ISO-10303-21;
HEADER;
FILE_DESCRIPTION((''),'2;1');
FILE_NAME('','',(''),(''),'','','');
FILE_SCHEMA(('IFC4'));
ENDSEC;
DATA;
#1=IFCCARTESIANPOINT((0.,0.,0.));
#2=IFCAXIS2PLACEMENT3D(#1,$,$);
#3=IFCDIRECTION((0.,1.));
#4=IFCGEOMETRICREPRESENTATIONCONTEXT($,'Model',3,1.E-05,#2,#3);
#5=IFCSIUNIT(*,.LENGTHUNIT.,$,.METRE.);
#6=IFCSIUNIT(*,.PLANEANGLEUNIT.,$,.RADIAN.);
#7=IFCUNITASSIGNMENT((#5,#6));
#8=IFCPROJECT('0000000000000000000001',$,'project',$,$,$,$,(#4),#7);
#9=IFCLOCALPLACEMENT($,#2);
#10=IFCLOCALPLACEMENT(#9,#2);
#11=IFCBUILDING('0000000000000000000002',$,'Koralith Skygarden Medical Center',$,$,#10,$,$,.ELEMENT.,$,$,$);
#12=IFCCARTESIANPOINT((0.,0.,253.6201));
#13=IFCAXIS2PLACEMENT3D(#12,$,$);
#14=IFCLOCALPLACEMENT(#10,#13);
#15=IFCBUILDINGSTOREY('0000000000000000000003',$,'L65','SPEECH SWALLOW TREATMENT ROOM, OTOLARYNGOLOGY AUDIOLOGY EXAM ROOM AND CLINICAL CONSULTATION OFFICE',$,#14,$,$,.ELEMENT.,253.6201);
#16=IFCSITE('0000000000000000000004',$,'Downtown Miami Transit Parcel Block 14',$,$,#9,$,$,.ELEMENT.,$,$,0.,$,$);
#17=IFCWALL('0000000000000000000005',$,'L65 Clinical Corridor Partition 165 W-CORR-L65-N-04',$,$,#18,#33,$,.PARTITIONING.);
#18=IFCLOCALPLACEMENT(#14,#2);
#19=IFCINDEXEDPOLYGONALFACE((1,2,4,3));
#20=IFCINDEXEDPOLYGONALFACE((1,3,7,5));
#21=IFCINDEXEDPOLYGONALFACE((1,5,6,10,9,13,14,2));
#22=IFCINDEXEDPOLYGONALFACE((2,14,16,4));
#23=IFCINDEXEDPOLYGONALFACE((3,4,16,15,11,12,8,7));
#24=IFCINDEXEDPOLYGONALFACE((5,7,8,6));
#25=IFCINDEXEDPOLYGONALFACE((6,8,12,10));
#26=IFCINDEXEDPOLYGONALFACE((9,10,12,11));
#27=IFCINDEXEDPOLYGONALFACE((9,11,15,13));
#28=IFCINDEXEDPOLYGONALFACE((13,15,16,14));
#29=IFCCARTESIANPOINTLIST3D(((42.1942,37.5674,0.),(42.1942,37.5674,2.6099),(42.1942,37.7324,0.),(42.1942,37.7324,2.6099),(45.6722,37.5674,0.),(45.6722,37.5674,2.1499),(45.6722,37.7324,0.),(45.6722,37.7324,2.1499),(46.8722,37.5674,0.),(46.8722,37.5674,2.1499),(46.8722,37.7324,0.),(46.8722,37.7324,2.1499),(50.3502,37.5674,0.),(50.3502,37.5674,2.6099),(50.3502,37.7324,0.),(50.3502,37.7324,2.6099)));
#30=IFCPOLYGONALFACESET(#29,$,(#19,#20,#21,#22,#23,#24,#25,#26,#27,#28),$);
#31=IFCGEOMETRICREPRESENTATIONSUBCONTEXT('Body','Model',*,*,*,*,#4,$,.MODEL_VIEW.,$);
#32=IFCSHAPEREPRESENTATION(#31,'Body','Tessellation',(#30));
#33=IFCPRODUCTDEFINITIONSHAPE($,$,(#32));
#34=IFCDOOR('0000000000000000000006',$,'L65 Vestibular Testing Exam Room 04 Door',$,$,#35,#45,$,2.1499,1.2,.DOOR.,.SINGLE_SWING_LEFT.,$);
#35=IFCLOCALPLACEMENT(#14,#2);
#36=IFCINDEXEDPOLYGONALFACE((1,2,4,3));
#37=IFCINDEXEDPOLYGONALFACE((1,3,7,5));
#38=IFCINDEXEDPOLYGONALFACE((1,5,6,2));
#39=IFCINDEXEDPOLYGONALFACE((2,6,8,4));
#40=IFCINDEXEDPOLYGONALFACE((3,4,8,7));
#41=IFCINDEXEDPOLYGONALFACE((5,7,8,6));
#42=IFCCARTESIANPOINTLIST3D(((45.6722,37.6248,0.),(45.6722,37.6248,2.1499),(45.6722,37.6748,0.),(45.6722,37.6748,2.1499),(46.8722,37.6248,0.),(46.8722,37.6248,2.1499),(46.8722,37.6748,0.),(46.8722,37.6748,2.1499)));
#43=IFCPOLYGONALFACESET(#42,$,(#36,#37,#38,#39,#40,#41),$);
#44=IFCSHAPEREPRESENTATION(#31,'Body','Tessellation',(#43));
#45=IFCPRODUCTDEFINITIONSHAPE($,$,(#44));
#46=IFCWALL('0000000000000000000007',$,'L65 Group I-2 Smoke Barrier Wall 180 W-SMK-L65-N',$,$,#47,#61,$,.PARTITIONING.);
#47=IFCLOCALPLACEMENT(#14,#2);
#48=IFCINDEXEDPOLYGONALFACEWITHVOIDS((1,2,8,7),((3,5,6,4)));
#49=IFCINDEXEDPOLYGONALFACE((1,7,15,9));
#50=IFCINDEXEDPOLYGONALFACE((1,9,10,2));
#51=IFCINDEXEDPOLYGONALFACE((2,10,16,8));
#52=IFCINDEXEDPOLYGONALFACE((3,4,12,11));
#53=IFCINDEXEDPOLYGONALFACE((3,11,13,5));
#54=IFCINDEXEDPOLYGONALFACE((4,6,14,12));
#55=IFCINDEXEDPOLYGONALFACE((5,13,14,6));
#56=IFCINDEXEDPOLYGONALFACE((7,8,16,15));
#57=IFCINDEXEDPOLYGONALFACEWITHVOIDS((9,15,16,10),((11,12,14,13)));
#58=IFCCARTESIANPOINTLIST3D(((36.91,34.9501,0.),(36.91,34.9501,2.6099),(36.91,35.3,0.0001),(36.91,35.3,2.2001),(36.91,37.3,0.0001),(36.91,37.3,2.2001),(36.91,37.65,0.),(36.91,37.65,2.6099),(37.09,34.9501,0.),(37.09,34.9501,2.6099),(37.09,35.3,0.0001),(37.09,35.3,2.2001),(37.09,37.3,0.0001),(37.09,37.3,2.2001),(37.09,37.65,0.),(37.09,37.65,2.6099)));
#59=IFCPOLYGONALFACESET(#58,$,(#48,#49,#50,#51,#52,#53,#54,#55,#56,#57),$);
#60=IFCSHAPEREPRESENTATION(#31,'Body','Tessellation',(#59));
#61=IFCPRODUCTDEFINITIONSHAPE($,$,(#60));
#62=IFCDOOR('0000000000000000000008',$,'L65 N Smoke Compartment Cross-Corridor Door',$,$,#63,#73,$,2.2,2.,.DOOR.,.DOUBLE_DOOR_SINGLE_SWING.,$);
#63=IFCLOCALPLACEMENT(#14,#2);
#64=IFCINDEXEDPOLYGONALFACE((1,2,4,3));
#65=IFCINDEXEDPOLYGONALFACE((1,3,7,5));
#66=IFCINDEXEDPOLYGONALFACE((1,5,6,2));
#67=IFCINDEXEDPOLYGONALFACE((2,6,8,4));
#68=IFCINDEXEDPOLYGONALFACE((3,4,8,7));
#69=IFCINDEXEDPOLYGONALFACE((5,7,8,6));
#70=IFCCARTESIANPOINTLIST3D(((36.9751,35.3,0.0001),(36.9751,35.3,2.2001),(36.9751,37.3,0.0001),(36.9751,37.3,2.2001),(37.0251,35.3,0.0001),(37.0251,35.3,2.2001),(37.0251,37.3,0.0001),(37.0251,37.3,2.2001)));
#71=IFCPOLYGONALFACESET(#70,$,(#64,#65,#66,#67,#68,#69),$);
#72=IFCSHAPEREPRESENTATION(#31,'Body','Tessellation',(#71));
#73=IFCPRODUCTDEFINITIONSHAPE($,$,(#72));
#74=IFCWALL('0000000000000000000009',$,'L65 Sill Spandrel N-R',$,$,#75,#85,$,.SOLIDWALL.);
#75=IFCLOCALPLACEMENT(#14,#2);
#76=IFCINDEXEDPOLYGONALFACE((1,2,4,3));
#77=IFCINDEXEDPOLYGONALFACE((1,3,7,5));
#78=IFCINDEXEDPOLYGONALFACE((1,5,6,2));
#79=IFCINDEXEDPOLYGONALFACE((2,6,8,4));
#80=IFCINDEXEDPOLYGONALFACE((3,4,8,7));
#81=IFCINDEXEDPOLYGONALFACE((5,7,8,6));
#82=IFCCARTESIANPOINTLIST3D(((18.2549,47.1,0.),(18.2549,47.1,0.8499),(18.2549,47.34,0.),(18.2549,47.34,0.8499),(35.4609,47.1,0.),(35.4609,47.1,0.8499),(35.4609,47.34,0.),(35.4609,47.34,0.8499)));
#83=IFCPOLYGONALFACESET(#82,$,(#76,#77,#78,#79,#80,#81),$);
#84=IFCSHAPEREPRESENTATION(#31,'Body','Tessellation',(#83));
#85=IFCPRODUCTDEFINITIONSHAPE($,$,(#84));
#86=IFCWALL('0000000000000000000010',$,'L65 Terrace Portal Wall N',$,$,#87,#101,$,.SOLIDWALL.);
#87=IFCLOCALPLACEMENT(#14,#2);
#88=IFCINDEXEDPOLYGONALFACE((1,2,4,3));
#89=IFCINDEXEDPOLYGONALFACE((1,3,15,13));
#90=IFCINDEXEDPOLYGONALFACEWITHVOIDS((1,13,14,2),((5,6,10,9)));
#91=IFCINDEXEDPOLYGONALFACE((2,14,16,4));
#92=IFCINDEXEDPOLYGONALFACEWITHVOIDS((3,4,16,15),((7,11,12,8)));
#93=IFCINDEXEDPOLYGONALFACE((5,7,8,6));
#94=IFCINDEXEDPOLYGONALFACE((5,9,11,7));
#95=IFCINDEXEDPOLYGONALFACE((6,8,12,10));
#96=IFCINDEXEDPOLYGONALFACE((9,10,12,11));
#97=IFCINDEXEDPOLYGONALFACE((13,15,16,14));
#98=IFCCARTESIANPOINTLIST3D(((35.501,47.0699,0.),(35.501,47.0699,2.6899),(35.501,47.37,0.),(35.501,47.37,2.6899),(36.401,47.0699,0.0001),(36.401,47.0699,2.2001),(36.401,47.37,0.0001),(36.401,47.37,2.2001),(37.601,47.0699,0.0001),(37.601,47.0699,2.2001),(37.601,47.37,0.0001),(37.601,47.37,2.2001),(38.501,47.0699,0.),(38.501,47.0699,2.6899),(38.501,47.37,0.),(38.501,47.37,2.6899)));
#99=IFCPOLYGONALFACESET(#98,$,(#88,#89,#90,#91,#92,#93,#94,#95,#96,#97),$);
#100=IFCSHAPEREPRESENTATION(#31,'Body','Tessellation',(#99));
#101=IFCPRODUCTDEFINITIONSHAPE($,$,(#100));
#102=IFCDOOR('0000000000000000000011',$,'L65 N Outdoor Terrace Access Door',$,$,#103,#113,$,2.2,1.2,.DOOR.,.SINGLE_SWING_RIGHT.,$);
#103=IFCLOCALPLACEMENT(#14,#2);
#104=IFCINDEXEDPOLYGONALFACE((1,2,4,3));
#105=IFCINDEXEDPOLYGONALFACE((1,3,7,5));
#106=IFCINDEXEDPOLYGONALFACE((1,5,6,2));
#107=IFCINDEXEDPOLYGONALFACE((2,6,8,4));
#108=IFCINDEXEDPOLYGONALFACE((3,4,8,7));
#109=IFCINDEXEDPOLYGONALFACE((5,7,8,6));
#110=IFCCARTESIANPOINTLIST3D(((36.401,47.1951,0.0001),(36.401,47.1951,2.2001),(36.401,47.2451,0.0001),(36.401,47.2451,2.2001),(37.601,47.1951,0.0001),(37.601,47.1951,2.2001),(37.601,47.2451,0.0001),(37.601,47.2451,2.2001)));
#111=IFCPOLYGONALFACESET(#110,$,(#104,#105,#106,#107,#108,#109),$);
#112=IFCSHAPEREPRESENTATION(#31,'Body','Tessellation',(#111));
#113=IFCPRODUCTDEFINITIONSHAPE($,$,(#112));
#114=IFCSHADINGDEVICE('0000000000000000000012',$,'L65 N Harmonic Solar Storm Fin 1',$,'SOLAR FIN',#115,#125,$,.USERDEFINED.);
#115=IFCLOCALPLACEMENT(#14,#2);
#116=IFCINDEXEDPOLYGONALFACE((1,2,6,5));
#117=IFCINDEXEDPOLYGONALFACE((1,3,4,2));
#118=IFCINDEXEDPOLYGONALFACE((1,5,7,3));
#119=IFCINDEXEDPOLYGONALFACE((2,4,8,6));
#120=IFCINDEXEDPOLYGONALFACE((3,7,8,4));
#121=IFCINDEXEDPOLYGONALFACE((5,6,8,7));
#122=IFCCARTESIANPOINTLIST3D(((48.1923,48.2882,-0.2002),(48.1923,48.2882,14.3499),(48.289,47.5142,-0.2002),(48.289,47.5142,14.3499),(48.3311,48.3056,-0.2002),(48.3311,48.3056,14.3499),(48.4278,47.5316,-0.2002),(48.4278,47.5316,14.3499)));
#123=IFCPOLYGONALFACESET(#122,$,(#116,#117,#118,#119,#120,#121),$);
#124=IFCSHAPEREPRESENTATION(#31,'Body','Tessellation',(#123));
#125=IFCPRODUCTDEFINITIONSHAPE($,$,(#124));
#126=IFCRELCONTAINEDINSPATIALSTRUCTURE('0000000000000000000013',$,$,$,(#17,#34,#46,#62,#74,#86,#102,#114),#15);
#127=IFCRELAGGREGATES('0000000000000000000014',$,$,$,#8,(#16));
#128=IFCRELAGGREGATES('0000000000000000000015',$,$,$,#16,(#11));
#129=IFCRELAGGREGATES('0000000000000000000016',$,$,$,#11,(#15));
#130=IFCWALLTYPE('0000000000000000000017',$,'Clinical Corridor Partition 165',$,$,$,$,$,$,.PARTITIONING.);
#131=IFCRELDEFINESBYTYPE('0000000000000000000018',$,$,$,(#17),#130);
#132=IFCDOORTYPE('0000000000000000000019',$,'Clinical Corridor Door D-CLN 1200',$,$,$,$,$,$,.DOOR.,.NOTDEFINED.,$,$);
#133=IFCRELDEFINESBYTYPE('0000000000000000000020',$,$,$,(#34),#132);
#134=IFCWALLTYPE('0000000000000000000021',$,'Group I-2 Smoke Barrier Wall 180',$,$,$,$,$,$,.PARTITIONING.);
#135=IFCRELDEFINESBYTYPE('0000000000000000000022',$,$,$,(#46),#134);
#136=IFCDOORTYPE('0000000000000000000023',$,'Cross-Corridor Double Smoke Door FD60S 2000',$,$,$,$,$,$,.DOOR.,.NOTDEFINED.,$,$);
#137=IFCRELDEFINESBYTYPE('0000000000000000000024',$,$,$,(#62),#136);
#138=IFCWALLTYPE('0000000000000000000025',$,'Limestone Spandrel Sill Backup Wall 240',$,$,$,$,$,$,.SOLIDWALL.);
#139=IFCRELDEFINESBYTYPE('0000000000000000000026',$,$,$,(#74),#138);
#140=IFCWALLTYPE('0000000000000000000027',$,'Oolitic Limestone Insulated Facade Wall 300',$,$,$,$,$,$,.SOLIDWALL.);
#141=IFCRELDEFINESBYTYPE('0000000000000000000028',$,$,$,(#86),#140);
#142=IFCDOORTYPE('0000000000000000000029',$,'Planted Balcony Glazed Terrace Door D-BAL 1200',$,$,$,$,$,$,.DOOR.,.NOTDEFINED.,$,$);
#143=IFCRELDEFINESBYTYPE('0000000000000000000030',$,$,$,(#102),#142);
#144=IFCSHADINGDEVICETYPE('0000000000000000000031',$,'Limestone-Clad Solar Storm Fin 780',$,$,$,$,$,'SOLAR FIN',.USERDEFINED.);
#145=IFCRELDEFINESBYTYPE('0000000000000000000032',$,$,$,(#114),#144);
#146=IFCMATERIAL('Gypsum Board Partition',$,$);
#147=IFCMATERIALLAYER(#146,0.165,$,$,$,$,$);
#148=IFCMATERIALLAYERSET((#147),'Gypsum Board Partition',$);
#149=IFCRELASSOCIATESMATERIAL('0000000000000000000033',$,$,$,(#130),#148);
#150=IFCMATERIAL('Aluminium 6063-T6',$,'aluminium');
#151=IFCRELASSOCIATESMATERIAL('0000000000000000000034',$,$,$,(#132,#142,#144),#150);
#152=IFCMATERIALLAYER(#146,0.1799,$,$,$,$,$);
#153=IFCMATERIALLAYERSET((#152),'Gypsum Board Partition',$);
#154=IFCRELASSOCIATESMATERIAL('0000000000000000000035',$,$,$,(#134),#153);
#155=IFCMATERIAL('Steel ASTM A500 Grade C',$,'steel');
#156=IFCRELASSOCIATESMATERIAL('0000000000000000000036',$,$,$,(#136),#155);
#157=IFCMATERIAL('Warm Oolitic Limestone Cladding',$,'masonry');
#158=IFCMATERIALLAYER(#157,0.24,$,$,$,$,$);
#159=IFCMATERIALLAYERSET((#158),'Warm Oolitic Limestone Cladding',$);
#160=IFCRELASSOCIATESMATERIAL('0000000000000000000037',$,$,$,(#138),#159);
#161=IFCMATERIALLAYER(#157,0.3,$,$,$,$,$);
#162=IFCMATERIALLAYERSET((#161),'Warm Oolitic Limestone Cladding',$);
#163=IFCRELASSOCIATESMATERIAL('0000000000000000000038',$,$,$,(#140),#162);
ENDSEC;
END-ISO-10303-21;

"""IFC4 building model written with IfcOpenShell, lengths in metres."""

from ifc_helpers import new_model, si_unit, direction, frame, frame_2d, origin, origin_2d, place, context, subcontext, project, spatial, rectangle, extrude, material, layer, layer_set, type_object, element, fill, save


model = new_model("IFC4")

# Units and contexts
model_context = context("Model", 3, precision=1e-05, world=origin(), true_north=direction((0.0, 1.0)))
body_context = subcontext(model_context, "Body", "Model", "MODEL_VIEW")
ifc_project = project(units=[si_unit("LENGTHUNIT", "METRE"), si_unit("PLANEANGLEUNIT", "RADIAN")], contexts=[model_context])

# Site, building, storey
site_placement = place(None, origin())
site = spatial("IfcSite", under=ifc_project, at=site_placement, Name="Downtown Miami Transit Parcel Block 14", CompositionType="ELEMENT", RefElevation=0.0)
building_placement = place(site_placement, origin())
building = spatial("IfcBuilding", under=site, at=building_placement, Name="Koralith Skygarden Medical Center", CompositionType="ELEMENT")
storey_placement = place(building_placement, frame((0.0, 0.0, 253.6201)))
storey = spatial("IfcBuildingStorey", under=building, at=storey_placement, Name="L65", Description="SPEECH SWALLOW TREATMENT ROOM, OTOLARYNGOLOGY AUDIOLOGY EXAM ROOM AND CLINICAL CONSULTATION OFFICE", CompositionType="ELEMENT", Elevation=253.6201)

# Shared definitions
ifc_material_1 = material(Name="Aluminium 6063-T6", Category="aluminium")

# Shared definitions
ifc_material_2 = material(Name="Gypsum Board Partition")

# Walls, openings, doors
ifc_layer_1 = layer(ifc_material_2, 0.165)
ifc_layer_set_1 = layer_set([ifc_layer_1], Name="Gypsum Board Partition")
wall_type_1 = type_object("IfcWallType", Name="Clinical Corridor Partition 165", PredefinedType="PARTITIONING", material=ifc_layer_set_1)
wall_1_placement = place(storey_placement, frame((42.1941, 37.6499, 0.0), z_axis=(0.0, 0.0, 1.0), x_axis=(1.0, 0.0, 0.0)))
wall_1 = element("IfcWall", 1, at=wall_1_placement, inside=storey, type_object=wall_type_1, Name="L65 Clinical Corridor Partition 165 W-CORR-L65-N-04", PredefinedType="PARTITIONING", context=body_context, shape_type="SweptSolid", body=[
    extrude(rectangle(XDim=8.156, YDim=0.165, at=frame_2d((4.0781, 0.0))), origin(), (0.0, 0.0, 1.0), 2.6099),
])
opening_1_placement = place(wall_1_placement, frame((3.478, 0.0, 0.0)))
opening_1 = element("IfcOpeningElement", 2, at=opening_1_placement, cuts=wall_1, PredefinedType="OPENING", context=body_context, shape_type="SweptSolid", body=[
    extrude(rectangle(XDim=1.2, YDim=2.1499, at=frame_2d((0.6001, 1.075))), frame((0.0, 0.0925, 0.0), z_axis=(0.0, -1.0, 0.0), x_axis=(1.0, 0.0, 0.0)), (0.0, 0.0, 1.0), 0.1851),
])
door_type_1 = type_object("IfcDoorType", Name="Clinical Corridor Door D-CLN 1200", OperationType="NOTDEFINED", PredefinedType="DOOR", material=ifc_material_1)
door_1_placement = place(opening_1_placement, origin())
door_1 = element("IfcDoor", 3, at=door_1_placement, inside=storey, type_object=door_type_1, Name="L65 Vestibular Testing Exam Room 04 Door", OperationType="SINGLE_SWING_LEFT", OverallHeight=2.1499, OverallWidth=1.2, PredefinedType="DOOR", context=body_context, shape_type="SweptSolid", body=[
    extrude(rectangle(XDim=1.2, YDim=2.1499, at=frame_2d((0.6001, 1.075))), frame((0.0, 0.0249, 0.0), z_axis=(0.0, -1.0, 0.0), x_axis=(1.0, 0.0, 0.0)), (0.0, 0.0, 1.0), 0.05),
])
fill(opening_1, door_1)
ifc_layer_2 = layer(ifc_material_2, 0.1799)
ifc_layer_set_2 = layer_set([ifc_layer_2], Name="Gypsum Board Partition")
wall_type_2 = type_object("IfcWallType", Name="Group I-2 Smoke Barrier Wall 180", PredefinedType="PARTITIONING", material=ifc_layer_set_2)
wall_2_placement = place(storey_placement, frame((37.0, 34.95, 0.0), z_axis=(0.0, 0.0, 1.0), x_axis=(0.0, 1.0, 0.0)))
wall_2 = element("IfcWall", 4, at=wall_2_placement, inside=storey, type_object=wall_type_2, Name="L65 Group I-2 Smoke Barrier Wall 180 W-SMK-L65-N", PredefinedType="PARTITIONING", context=body_context, shape_type="SweptSolid", body=[
    extrude(rectangle(XDim=2.7, YDim=0.1799, at=frame_2d((1.3501, 0.0))), origin(), (0.0, 0.0, 1.0), 2.6099),
])
opening_2_placement = place(wall_2_placement, frame((0.3501, 0.0, 0.0)))
opening_2 = element("IfcOpeningElement", 5, at=opening_2_placement, cuts=wall_2, PredefinedType="OPENING", context=body_context, shape_type="SweptSolid", body=[
    extrude(rectangle(XDim=2.0, YDim=2.2, at=frame_2d((1.0, 1.1001))), frame((0.0, 0.0999, 0.0), z_axis=(0.0, -1.0, 0.0), x_axis=(1.0, 0.0, 0.0)), (0.0, 0.0, 1.0), 0.2),
])
ifc_material_3 = material(Name="Steel ASTM A500 Grade C", Category="steel")
door_type_2 = type_object("IfcDoorType", Name="Cross-Corridor Double Smoke Door FD60S 2000", OperationType="NOTDEFINED", PredefinedType="DOOR", material=ifc_material_3)
door_2_placement = place(opening_2_placement, origin())
door_2 = element("IfcDoor", 6, at=door_2_placement, inside=storey, type_object=door_type_2, Name="L65 N Smoke Compartment Cross-Corridor Door", OperationType="DOUBLE_DOOR_SINGLE_SWING", OverallHeight=2.2, OverallWidth=2.0, PredefinedType="DOOR", context=body_context, shape_type="SweptSolid", body=[
    extrude(rectangle(XDim=2.0, YDim=2.2, at=frame_2d((1.0, 1.1001))), frame((0.0, 0.0249, 0.0), z_axis=(0.0, -1.0, 0.0), x_axis=(1.0, 0.0, 0.0)), (0.0, 0.0, 1.0), 0.05),
])
fill(opening_2, door_2)

# Wall
ifc_material_4 = material(Name="Warm Oolitic Limestone Cladding", Category="masonry")
ifc_layer_3 = layer(ifc_material_4, 0.24)
ifc_layer_set_3 = layer_set([ifc_layer_3], Name="Warm Oolitic Limestone Cladding")
wall_type_3 = type_object("IfcWallType", Name="Limestone Spandrel Sill Backup Wall 240", PredefinedType="SOLIDWALL", material=ifc_layer_set_3)
wall_3_placement = place(storey_placement, frame((35.4609, 47.22, 0.0), z_axis=(0.0, 0.0, 1.0), x_axis=(-1.0, 0.0, 0.0)))
element("IfcWall", 7, at=wall_3_placement, inside=storey, type_object=wall_type_3, Name="L65 Sill Spandrel N-R", PredefinedType="SOLIDWALL", context=body_context, shape_type="SweptSolid", body=[
    extrude(rectangle(XDim=17.2061, YDim=0.24, at=frame_2d((8.603, 0.0))), origin(), (0.0, 0.0, 1.0), 0.8499),
])

# Wall, opening, door
ifc_layer_4 = layer(ifc_material_4, 0.3)
ifc_layer_set_4 = layer_set([ifc_layer_4], Name="Warm Oolitic Limestone Cladding")
wall_type_4 = type_object("IfcWallType", Name="Oolitic Limestone Insulated Facade Wall 300", PredefinedType="SOLIDWALL", material=ifc_layer_set_4)
wall_4_placement = place(storey_placement, frame((38.501, 47.22, 0.0), z_axis=(0.0, 0.0, 1.0), x_axis=(-1.0, 0.0, 0.0)))
wall_4 = element("IfcWall", 8, at=wall_4_placement, inside=storey, type_object=wall_type_4, Name="L65 Terrace Portal Wall N", PredefinedType="SOLIDWALL", context=body_context, shape_type="SweptSolid", body=[
    extrude(rectangle(XDim=3.0, YDim=0.3, at=frame_2d((1.5, 0.0))), origin(), (0.0, 0.0, 1.0), 2.6899),
])
opening_3_placement = place(wall_4_placement, frame((0.8999, 0.0, 0.0)))
opening_3 = element("IfcOpeningElement", 9, at=opening_3_placement, cuts=wall_4, PredefinedType="OPENING", context=body_context, shape_type="SweptSolid", body=[
    extrude(rectangle(XDim=1.2, YDim=2.2, at=frame_2d((0.6001, 1.1001))), frame((0.0, 0.1599, 0.0), z_axis=(0.0, -1.0, 0.0), x_axis=(1.0, 0.0, 0.0)), (0.0, 0.0, 1.0), 0.3201),
])
door_type_3 = type_object("IfcDoorType", Name="Planted Balcony Glazed Terrace Door D-BAL 1200", OperationType="NOTDEFINED", PredefinedType="DOOR", material=ifc_material_1)
door_3_placement = place(opening_3_placement, origin())
door_3 = element("IfcDoor", 10, at=door_3_placement, inside=storey, type_object=door_type_3, Name="L65 N Outdoor Terrace Access Door", OperationType="SINGLE_SWING_RIGHT", OverallHeight=2.2, OverallWidth=1.2, PredefinedType="DOOR", context=body_context, shape_type="SweptSolid", body=[
    extrude(rectangle(XDim=1.2, YDim=2.2, at=frame_2d((0.6001, 1.1001))), frame((0.0, 0.0249, 0.0), z_axis=(0.0, -1.0, 0.0), x_axis=(1.0, 0.0, 0.0)), (0.0, 0.0, 1.0), 0.05),
])
fill(opening_3, door_3)

# Shading device
shading_device_type_1 = type_object("IfcShadingDeviceType", Name="Limestone-Clad Solar Storm Fin 780", ElementType="SOLAR FIN", PredefinedType="USERDEFINED", material=ifc_material_1)
shading_device_1_placement = place(storey_placement, frame((48.3101, 47.9099, -0.2002), z_axis=(0.0, 0.0, 1.0), x_axis=(-0.124, 0.992282, 0.0)))
element("IfcShadingDevice", 11, at=shading_device_1_placement, inside=storey, type_object=shading_device_type_1, Name="L65 N Harmonic Solar Storm Fin 1", ObjectType="SOLAR FIN", PredefinedType="USERDEFINED", context=body_context, shape_type="SweptSolid", body=[
    extrude(rectangle(XDim=0.78, YDim=0.1399, at=origin_2d()), origin(), (0.0, 0.0, 1.0), 14.55),
])

save(model, "model.ifc")
